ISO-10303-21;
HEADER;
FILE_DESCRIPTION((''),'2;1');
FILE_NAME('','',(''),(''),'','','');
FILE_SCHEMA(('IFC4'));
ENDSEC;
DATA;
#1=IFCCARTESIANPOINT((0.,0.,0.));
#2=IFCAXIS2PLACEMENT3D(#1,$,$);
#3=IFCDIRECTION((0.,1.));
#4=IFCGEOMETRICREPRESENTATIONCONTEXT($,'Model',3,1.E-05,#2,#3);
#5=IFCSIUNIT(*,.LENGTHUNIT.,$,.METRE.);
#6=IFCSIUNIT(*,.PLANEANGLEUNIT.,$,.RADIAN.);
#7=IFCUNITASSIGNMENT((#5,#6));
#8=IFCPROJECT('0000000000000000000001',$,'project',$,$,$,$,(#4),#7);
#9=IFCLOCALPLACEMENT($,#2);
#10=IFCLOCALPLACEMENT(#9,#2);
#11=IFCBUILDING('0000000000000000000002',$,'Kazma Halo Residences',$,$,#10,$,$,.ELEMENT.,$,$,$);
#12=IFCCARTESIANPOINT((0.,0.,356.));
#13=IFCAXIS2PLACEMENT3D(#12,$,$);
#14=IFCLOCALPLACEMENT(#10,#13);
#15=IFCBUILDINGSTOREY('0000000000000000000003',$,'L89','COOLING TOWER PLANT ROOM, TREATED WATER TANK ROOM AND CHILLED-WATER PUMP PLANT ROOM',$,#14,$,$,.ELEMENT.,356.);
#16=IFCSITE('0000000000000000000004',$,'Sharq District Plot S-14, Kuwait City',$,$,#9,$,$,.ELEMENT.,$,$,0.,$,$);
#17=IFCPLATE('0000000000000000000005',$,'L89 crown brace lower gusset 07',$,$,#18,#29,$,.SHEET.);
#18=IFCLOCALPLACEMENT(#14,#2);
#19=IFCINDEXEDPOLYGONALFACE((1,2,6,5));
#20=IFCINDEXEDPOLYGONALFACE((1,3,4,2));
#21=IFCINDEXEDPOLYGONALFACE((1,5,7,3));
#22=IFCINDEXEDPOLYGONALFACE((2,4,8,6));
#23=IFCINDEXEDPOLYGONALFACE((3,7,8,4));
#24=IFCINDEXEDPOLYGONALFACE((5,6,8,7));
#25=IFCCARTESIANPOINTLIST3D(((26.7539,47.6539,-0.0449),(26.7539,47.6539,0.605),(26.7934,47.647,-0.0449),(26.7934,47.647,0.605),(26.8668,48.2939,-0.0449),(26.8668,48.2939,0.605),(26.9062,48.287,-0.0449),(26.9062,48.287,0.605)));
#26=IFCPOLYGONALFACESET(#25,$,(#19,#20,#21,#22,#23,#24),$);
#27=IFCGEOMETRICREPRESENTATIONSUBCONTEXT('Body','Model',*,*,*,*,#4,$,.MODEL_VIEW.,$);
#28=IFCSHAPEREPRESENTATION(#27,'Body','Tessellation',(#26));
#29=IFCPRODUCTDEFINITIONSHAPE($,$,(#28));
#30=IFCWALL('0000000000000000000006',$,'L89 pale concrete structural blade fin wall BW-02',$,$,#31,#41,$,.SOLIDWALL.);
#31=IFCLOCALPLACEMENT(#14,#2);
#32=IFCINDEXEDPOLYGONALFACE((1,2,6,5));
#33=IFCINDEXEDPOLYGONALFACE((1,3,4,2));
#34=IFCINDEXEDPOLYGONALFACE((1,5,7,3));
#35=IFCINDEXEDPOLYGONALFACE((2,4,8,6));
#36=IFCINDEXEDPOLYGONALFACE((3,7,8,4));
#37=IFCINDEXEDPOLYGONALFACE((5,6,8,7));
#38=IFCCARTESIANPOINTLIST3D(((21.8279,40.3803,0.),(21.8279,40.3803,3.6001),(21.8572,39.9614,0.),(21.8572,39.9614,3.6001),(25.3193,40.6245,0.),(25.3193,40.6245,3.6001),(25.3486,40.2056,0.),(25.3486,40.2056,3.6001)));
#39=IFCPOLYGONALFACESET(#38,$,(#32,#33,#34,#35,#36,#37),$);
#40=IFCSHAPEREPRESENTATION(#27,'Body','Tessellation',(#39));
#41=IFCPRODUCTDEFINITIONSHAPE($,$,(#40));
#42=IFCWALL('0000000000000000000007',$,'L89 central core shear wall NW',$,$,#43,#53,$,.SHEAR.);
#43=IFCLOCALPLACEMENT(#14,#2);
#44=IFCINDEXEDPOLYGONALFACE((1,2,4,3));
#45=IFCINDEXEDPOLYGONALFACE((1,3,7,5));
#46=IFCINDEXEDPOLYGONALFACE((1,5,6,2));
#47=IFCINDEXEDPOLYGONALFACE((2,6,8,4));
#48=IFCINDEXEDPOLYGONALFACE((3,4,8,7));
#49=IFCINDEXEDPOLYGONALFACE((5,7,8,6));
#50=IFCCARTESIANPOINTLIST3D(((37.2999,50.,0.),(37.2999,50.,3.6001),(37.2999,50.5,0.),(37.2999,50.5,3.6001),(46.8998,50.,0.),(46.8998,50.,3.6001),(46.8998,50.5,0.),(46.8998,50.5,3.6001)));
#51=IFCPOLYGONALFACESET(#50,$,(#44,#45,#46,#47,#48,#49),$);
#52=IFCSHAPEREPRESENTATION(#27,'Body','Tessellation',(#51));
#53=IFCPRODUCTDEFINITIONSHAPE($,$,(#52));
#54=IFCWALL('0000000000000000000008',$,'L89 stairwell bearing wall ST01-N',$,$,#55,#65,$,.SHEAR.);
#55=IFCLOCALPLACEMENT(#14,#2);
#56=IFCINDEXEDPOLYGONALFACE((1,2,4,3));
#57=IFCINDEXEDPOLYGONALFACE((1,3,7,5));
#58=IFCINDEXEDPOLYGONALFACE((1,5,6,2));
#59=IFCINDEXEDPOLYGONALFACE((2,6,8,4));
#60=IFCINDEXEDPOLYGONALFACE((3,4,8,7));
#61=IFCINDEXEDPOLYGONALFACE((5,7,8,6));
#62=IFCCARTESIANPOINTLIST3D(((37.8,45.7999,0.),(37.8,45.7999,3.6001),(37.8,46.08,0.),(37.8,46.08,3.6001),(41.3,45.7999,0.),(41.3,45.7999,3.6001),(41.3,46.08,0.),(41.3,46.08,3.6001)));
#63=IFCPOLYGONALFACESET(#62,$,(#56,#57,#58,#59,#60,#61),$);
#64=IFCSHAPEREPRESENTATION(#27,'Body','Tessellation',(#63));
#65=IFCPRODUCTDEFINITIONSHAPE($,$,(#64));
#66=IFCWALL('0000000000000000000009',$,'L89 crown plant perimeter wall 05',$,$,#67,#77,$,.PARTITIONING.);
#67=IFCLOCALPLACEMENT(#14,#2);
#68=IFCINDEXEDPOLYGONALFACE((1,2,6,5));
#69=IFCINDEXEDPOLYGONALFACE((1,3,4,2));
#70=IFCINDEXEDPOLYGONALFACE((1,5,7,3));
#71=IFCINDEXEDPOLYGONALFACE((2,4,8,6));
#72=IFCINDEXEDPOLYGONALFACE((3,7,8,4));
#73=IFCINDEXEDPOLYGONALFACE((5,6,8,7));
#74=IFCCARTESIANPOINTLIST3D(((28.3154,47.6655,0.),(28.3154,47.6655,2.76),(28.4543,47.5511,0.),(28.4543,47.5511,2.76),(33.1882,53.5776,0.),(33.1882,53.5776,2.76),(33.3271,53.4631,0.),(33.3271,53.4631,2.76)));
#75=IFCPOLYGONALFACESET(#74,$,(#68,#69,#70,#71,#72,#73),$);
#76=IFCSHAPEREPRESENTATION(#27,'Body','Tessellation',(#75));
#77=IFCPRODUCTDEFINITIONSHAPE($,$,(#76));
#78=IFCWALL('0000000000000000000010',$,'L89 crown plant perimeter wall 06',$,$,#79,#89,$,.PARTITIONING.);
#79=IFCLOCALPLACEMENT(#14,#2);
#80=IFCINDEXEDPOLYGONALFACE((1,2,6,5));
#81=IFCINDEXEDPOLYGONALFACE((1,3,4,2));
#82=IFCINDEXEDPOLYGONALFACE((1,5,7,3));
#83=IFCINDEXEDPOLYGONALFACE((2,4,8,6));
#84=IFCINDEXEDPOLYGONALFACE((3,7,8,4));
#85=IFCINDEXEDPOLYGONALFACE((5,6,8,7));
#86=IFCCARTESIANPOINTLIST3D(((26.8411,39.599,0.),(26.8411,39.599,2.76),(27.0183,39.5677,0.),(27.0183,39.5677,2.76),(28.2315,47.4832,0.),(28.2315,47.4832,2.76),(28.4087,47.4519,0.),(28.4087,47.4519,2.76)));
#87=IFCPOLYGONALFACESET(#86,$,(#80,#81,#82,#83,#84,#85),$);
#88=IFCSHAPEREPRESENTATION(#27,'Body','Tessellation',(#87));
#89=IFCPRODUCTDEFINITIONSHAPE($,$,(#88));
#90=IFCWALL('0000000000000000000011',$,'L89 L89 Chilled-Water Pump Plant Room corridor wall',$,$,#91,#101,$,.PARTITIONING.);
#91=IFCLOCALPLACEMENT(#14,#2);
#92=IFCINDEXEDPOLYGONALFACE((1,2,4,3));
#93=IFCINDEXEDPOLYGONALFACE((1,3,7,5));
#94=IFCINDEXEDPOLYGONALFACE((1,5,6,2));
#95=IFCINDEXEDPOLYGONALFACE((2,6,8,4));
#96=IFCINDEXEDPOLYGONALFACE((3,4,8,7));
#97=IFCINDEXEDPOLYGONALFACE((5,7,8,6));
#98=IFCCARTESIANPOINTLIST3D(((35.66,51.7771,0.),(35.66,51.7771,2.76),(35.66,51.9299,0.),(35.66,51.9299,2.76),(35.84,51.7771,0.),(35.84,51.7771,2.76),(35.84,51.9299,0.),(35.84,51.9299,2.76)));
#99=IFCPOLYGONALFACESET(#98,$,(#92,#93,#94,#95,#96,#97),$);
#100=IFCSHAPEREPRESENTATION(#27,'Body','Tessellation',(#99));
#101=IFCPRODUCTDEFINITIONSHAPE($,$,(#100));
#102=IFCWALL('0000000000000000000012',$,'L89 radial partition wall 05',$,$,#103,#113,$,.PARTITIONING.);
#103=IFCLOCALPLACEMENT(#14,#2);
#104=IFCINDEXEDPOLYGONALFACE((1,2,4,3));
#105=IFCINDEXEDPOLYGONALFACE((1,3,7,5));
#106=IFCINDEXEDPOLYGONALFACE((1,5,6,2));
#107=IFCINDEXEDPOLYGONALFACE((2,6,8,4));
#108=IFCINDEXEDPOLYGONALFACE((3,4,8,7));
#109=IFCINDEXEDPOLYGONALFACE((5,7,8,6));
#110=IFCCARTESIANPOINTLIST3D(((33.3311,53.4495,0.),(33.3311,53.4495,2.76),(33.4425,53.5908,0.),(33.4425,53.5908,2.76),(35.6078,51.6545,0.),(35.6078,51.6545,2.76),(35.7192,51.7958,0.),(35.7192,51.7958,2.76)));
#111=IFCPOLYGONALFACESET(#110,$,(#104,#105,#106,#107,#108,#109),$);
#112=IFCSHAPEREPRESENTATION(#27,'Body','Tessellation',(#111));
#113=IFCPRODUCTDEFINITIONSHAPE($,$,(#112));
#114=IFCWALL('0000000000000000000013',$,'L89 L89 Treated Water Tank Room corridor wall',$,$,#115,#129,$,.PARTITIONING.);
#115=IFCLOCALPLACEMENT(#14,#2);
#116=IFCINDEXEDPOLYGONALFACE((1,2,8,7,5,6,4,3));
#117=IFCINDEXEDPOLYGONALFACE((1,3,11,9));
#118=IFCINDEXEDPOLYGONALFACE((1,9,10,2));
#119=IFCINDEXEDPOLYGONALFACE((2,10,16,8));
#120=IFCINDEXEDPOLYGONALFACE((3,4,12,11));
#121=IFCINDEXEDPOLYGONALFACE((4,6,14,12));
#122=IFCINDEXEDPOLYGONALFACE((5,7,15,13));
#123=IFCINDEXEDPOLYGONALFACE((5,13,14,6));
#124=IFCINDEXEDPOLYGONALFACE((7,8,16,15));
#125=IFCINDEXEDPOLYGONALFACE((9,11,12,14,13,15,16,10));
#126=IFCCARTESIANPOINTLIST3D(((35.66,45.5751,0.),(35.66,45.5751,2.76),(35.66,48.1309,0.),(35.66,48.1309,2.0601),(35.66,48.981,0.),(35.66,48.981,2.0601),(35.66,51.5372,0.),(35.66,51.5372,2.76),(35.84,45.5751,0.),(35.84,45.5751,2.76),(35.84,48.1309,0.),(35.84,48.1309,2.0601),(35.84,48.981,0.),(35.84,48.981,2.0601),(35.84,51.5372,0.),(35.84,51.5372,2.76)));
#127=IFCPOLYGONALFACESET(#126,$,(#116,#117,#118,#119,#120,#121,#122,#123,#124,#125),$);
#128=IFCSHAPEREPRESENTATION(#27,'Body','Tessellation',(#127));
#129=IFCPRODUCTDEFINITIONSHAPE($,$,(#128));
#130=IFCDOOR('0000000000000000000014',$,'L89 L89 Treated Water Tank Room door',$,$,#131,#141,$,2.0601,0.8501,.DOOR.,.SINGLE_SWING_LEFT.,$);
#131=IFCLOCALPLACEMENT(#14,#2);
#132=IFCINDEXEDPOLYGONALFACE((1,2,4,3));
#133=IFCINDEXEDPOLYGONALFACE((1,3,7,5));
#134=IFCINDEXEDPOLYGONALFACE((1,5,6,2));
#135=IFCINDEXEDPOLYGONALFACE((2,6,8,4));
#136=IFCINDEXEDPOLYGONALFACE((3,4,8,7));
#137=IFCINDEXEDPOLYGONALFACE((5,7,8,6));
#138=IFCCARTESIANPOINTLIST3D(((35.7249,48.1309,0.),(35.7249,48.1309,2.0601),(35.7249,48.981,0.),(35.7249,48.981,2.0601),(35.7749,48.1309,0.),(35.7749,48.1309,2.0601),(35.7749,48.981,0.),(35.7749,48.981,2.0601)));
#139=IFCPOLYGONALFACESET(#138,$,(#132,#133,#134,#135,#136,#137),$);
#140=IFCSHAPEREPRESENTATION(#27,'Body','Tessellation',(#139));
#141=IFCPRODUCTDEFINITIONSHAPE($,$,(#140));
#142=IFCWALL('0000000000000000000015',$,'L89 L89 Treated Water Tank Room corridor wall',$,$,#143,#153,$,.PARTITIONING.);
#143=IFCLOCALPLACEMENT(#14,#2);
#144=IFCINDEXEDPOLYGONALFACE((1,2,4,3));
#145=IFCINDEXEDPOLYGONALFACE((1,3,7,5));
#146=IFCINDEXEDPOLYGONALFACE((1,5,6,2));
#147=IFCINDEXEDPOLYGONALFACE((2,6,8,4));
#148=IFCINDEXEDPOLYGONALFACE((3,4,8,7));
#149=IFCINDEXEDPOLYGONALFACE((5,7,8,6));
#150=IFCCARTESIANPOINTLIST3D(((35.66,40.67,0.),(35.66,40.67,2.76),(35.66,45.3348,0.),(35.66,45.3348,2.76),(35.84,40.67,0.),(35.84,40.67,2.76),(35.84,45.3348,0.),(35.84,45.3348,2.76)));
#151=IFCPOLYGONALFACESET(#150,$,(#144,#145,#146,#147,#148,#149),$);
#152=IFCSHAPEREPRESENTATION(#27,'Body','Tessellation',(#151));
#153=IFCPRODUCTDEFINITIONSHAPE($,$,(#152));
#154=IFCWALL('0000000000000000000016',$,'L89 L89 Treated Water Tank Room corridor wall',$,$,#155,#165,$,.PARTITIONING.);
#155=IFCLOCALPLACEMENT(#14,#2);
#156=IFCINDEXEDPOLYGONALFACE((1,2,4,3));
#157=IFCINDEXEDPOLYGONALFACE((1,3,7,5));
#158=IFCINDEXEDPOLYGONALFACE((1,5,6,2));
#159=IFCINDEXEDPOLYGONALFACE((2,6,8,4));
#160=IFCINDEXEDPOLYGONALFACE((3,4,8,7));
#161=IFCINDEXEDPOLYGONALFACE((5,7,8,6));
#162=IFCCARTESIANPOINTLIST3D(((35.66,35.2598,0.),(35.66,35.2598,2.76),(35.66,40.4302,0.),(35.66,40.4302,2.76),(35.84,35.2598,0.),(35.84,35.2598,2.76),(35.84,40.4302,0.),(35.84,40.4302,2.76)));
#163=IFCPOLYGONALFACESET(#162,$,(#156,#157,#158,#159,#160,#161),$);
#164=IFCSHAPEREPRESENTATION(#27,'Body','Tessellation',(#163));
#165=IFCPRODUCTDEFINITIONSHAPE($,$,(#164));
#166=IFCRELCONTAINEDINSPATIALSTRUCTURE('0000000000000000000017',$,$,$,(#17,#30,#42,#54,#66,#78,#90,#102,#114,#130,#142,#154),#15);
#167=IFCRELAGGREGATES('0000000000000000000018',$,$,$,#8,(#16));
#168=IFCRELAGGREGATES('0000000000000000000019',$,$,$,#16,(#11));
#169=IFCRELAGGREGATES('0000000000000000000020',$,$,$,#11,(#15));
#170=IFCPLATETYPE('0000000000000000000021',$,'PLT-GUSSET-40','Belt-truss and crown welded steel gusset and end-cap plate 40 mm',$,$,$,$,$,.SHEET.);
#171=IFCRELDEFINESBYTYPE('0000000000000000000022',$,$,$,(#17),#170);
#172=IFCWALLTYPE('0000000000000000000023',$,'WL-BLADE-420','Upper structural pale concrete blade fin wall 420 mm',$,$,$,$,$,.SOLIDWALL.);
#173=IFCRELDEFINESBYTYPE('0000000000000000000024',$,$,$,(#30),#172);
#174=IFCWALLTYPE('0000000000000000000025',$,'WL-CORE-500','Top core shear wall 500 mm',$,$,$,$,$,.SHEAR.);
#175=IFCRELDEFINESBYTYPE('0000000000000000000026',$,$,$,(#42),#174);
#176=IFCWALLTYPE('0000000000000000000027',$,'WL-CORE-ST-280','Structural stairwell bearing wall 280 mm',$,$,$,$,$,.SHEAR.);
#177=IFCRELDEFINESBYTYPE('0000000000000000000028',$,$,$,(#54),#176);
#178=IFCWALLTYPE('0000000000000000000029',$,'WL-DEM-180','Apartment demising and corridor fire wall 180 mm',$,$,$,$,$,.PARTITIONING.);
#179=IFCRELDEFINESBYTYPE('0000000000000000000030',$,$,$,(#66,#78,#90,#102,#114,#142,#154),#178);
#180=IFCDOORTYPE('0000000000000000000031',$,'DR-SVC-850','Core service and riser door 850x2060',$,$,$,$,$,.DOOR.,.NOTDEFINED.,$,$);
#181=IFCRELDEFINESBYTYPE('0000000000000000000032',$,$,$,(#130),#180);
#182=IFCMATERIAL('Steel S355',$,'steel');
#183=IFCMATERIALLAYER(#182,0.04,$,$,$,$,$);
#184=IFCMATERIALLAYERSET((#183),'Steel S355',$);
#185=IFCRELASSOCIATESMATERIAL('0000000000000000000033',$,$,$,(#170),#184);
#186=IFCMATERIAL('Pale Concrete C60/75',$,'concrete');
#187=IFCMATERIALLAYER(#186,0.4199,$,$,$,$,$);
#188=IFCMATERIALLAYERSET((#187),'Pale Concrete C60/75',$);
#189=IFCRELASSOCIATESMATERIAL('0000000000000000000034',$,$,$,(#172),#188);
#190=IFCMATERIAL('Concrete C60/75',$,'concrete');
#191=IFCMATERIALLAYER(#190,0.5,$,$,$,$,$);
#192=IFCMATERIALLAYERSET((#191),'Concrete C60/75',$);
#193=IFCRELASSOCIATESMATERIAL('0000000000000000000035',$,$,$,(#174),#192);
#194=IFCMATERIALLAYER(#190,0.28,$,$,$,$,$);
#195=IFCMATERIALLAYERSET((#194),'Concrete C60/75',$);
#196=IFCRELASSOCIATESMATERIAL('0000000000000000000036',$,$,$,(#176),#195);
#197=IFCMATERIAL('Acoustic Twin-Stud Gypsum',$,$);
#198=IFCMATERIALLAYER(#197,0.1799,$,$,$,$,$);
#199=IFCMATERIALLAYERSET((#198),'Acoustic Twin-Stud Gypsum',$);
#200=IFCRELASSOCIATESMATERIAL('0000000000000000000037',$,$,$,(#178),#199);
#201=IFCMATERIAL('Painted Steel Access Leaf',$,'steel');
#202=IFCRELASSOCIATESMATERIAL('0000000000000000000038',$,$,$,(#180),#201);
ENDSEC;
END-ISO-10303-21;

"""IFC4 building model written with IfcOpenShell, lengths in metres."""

from ifc_helpers import new_model, si_unit, direction, frame, frame_2d, origin, origin_2d, place, context, subcontext, project, spatial, rectangle, extrude, material, layer, layer_set, type_object, element, fill, save


model = new_model("IFC4")

# Units and contexts
model_context = context("Model", 3, precision=1e-05, world=origin(), true_north=direction((0.0, 1.0)))
body_context = subcontext(model_context, "Body", "Model", "MODEL_VIEW")
ifc_project = project(units=[si_unit("LENGTHUNIT", "METRE"), si_unit("PLANEANGLEUNIT", "RADIAN")], contexts=[model_context])

# Site, building, storey
site_placement = place(None, origin())
site = spatial("IfcSite", under=ifc_project, at=site_placement, Name="Sharq District Plot S-14, Kuwait City", CompositionType="ELEMENT", RefElevation=0.0)
building_placement = place(site_placement, origin())
building = spatial("IfcBuilding", under=site, at=building_placement, Name="Kazma Halo Residences", CompositionType="ELEMENT")
storey_placement = place(building_placement, frame((0.0, 0.0, 356.0)))
storey = spatial("IfcBuildingStorey", under=building, at=storey_placement, Name="L89", Description="COOLING TOWER PLANT ROOM, TREATED WATER TANK ROOM AND CHILLED-WATER PUMP PLANT ROOM", CompositionType="ELEMENT", Elevation=356.0)

# Shared definitions
ifc_material_1 = material(Name="Steel S355", Category="steel")

# Plate
ifc_layer_1 = layer(ifc_material_1, 0.04)
ifc_layer_set_1 = layer_set([ifc_layer_1], Name="Steel S355")
plate_type_1 = type_object("IfcPlateType", Name="PLT-GUSSET-40", Description="Belt-truss and crown welded steel gusset and end-cap plate 40 mm", PredefinedType="SHEET", material=ifc_layer_set_1)
for number, where, z_axis, x_axis, name in (
    (1, (26.8301, 47.9705, -0.0449), (0.0, 0.0, 1.0), (-0.173656, -0.984806, 0.0), "L89 crown brace lower gusset 07"),
):
    element("IfcPlate", number, at=place(storey_placement, frame(where, z_axis=z_axis, x_axis=x_axis)), inside=storey, type_object=plate_type_1, Name=name, PredefinedType="SHEET", context=body_context, shape_type="SweptSolid", body=[
        extrude(rectangle(XDim=0.6499, YDim=0.04, at=origin_2d()), origin(), (0.0, 0.0, 1.0), 0.6499),
    ])

# Walls
ifc_material_2 = material(Name="Pale Concrete C60/75", Category="concrete")
ifc_layer_2 = layer(ifc_material_2, 0.4199)
ifc_layer_set_2 = layer_set([ifc_layer_2], Name="Pale Concrete C60/75")
wall_type_1 = type_object("IfcWallType", Name="WL-BLADE-420", Description="Upper structural pale concrete blade fin wall 420 mm", PredefinedType="SOLIDWALL", material=ifc_layer_set_2)
wall_1_placement = place(storey_placement, frame((25.334, 40.415, 0.0), z_axis=(0.0, 0.0, 1.0), x_axis=(-0.997564, -0.069755, 0.0)))
element("IfcWall", 2, at=wall_1_placement, inside=storey, type_object=wall_type_1, Name="L89 pale concrete structural blade fin wall BW-02", PredefinedType="SOLIDWALL", context=body_context, shape_type="SweptSolid", body=[
    extrude(rectangle(XDim=3.5, YDim=0.4199, at=frame_2d((1.75, 0.0))), origin(), (0.0, 0.0, 1.0), 3.6001),
])
ifc_material_3 = material(Name="Concrete C60/75", Category="concrete")
ifc_layer_3 = layer(ifc_material_3, 0.5)
ifc_layer_set_3 = layer_set([ifc_layer_3], Name="Concrete C60/75")
wall_type_2 = type_object("IfcWallType", Name="WL-CORE-500", Description="Top core shear wall 500 mm", PredefinedType="SHEAR", material=ifc_layer_set_3)
wall_2_placement = place(storey_placement, frame((37.3, 50.25, 0.0), z_axis=(0.0, 0.0, 1.0), x_axis=(1.0, 0.0, 0.0)))
element("IfcWall", 3, at=wall_2_placement, inside=storey, type_object=wall_type_2, Name="L89 central core shear wall NW", PredefinedType="SHEAR", context=body_context, shape_type="SweptSolid", body=[
    extrude(rectangle(XDim=9.5999, YDim=0.5, at=frame_2d((4.7998, 0.0))), origin(), (0.0, 0.0, 1.0), 3.6001),
])
ifc_layer_4 = layer(ifc_material_3, 0.28)
ifc_layer_set_4 = layer_set([ifc_layer_4], Name="Concrete C60/75")
wall_type_3 = type_object("IfcWallType", Name="WL-CORE-ST-280", Description="Structural stairwell bearing wall 280 mm", PredefinedType="SHEAR", material=ifc_layer_set_4)
wall_3_placement = place(storey_placement, frame((37.8, 45.9399, 0.0), z_axis=(0.0, 0.0, 1.0), x_axis=(1.0, 0.0, 0.0)))
element("IfcWall", 4, at=wall_3_placement, inside=storey, type_object=wall_type_3, Name="L89 stairwell bearing wall ST01-N", PredefinedType="SHEAR", context=body_context, shape_type="SweptSolid", body=[
    extrude(rectangle(XDim=3.5, YDim=0.28, at=frame_2d((1.75, 0.0))), origin(), (0.0, 0.0, 1.0), 3.6001),
])
ifc_material_4 = material(Name="Acoustic Twin-Stud Gypsum")
ifc_layer_5 = layer(ifc_material_4, 0.1799)
ifc_layer_set_5 = layer_set([ifc_layer_5], Name="Acoustic Twin-Stud Gypsum")
wall_type_4 = type_object("IfcWallType", Name="WL-DEM-180", Description="Apartment demising and corridor fire wall 180 mm", PredefinedType="PARTITIONING", material=ifc_layer_set_5)
wall_4_placement = place(storey_placement, frame((33.2576, 53.5203, 0.0), z_axis=(0.0, 0.0, 1.0), x_axis=(-0.636019, -0.771674, 0.0)))
element("IfcWall", 5, at=wall_4_placement, inside=storey, type_object=wall_type_4, Name="L89 crown plant perimeter wall 05", PredefinedType="PARTITIONING", context=body_context, shape_type="SweptSolid", body=[
    extrude(rectangle(XDim=7.6614, YDim=0.1799, at=frame_2d((3.8306, 0.0))), origin(), (0.0, 0.0, 1.0), 2.76),
])
wall_5_placement = place(storey_placement, frame((28.3201, 47.4675, 0.0), z_axis=(0.0, 0.0, 1.0), x_axis=(-0.173669, -0.984804, 0.0)))
element("IfcWall", 6, at=wall_5_placement, inside=storey, type_object=wall_type_4, Name="L89 crown plant perimeter wall 06", PredefinedType="PARTITIONING", context=body_context, shape_type="SweptSolid", body=[
    extrude(rectangle(XDim=8.0059, YDim=0.1799, at=frame_2d((4.0029, 0.0))), origin(), (0.0, 0.0, 1.0), 2.76),
])
wall_6_placement = place(storey_placement, frame((35.75, 51.9299, 0.0), z_axis=(0.0, 0.0, 1.0), x_axis=(0.0, -1.0, 0.0)))
element("IfcWall", 7, at=wall_6_placement, inside=storey, type_object=wall_type_4, Name="L89 L89 Chilled-Water Pump Plant Room corridor wall", PredefinedType="PARTITIONING", context=body_context, shape_type="SweptSolid", body=[
    extrude(rectangle(XDim=0.1528, YDim=0.1799, at=frame_2d((0.0764, 0.0))), origin(), (0.0, 0.0, 1.0), 2.76),
])
wall_7_placement = place(storey_placement, frame((35.6636, 51.7251, 0.0), z_axis=(0.0, 0.0, 1.0), x_axis=(-0.785286, 0.619134, 0.0)))
element("IfcWall", 8, at=wall_7_placement, inside=storey, type_object=wall_type_4, Name="L89 radial partition wall 05", PredefinedType="PARTITIONING", context=body_context, shape_type="SweptSolid", body=[
    extrude(rectangle(XDim=2.8992, YDim=0.1799, at=frame_2d((1.4497, 0.0))), origin(), (0.0, 0.0, 1.0), 2.76),
])

# Wall, opening, door
wall_8_placement = place(storey_placement, frame((35.75, 51.5371, 0.0), z_axis=(0.0, 0.0, 1.0), x_axis=(0.0, -1.0, 0.0)))
wall_8 = element("IfcWall", 9, at=wall_8_placement, inside=storey, type_object=wall_type_4, Name="L89 L89 Treated Water Tank Room corridor wall", PredefinedType="PARTITIONING", context=body_context, shape_type="SweptSolid", body=[
    extrude(rectangle(XDim=5.9622, YDim=0.1799, at=frame_2d((2.981, 0.0))), origin(), (0.0, 0.0, 1.0), 2.76),
])
opening_1_placement = place(wall_8_placement, frame((2.5562, 0.0, 0.0)))
opening_1 = element("IfcOpeningElement", 10, at=opening_1_placement, cuts=wall_8, PredefinedType="OPENING", context=body_context, shape_type="SweptSolid", body=[
    extrude(rectangle(XDim=0.8501, YDim=2.0601, at=frame_2d((0.425, 1.03))), frame((0.0, 0.0999, 0.0), z_axis=(0.0, -1.0, 0.0), x_axis=(1.0, 0.0, 0.0)), (0.0, 0.0, 1.0), 0.2),
])
ifc_material_5 = material(Name="Painted Steel Access Leaf", Category="steel")
door_type = type_object("IfcDoorType", Name="DR-SVC-850", Description="Core service and riser door 850x2060", OperationType="NOTDEFINED", PredefinedType="DOOR", material=ifc_material_5)
door_1_placement = place(opening_1_placement, origin())
door_1 = element("IfcDoor", 11, at=door_1_placement, inside=storey, type_object=door_type, Name="L89 L89 Treated Water Tank Room door", OperationType="SINGLE_SWING_LEFT", OverallHeight=2.0601, OverallWidth=0.8501, PredefinedType="DOOR", context=body_context, shape_type="SweptSolid", body=[
    extrude(rectangle(XDim=0.8501, YDim=2.0601, at=frame_2d((0.425, 1.03))), frame((0.0, 0.0249, 0.0), z_axis=(0.0, -1.0, 0.0), x_axis=(1.0, 0.0, 0.0)), (0.0, 0.0, 1.0), 0.05),
])
fill(opening_1, door_1)

# Walls
wall_9_placement = place(storey_placement, frame((35.75, 45.335, 0.0), z_axis=(0.0, 0.0, 1.0), x_axis=(0.0, -1.0, 0.0)))
element("IfcWall", 12, at=wall_9_placement, inside=storey, type_object=wall_type_4, Name="L89 L89 Treated Water Tank Room corridor wall", PredefinedType="PARTITIONING", context=body_context, shape_type="SweptSolid", body=[
    extrude(rectangle(XDim=4.6648, YDim=0.1799, at=frame_2d((2.3325, 0.0))), origin(), (0.0, 0.0, 1.0), 2.76),
])
wall_10_placement = place(storey_placement, frame((35.75, 40.4302, 0.0), z_axis=(0.0, 0.0, 1.0), x_axis=(0.0, -1.0, 0.0)))
element("IfcWall", 13, at=wall_10_placement, inside=storey, type_object=wall_type_4, Name="L89 L89 Treated Water Tank Room corridor wall", PredefinedType="PARTITIONING", context=body_context, shape_type="SweptSolid", body=[
    extrude(rectangle(XDim=5.1704, YDim=0.1799, at=frame_2d((2.5852, 0.0))), origin(), (0.0, 0.0, 1.0), 2.76),
])

save(model, "model.ifc")
